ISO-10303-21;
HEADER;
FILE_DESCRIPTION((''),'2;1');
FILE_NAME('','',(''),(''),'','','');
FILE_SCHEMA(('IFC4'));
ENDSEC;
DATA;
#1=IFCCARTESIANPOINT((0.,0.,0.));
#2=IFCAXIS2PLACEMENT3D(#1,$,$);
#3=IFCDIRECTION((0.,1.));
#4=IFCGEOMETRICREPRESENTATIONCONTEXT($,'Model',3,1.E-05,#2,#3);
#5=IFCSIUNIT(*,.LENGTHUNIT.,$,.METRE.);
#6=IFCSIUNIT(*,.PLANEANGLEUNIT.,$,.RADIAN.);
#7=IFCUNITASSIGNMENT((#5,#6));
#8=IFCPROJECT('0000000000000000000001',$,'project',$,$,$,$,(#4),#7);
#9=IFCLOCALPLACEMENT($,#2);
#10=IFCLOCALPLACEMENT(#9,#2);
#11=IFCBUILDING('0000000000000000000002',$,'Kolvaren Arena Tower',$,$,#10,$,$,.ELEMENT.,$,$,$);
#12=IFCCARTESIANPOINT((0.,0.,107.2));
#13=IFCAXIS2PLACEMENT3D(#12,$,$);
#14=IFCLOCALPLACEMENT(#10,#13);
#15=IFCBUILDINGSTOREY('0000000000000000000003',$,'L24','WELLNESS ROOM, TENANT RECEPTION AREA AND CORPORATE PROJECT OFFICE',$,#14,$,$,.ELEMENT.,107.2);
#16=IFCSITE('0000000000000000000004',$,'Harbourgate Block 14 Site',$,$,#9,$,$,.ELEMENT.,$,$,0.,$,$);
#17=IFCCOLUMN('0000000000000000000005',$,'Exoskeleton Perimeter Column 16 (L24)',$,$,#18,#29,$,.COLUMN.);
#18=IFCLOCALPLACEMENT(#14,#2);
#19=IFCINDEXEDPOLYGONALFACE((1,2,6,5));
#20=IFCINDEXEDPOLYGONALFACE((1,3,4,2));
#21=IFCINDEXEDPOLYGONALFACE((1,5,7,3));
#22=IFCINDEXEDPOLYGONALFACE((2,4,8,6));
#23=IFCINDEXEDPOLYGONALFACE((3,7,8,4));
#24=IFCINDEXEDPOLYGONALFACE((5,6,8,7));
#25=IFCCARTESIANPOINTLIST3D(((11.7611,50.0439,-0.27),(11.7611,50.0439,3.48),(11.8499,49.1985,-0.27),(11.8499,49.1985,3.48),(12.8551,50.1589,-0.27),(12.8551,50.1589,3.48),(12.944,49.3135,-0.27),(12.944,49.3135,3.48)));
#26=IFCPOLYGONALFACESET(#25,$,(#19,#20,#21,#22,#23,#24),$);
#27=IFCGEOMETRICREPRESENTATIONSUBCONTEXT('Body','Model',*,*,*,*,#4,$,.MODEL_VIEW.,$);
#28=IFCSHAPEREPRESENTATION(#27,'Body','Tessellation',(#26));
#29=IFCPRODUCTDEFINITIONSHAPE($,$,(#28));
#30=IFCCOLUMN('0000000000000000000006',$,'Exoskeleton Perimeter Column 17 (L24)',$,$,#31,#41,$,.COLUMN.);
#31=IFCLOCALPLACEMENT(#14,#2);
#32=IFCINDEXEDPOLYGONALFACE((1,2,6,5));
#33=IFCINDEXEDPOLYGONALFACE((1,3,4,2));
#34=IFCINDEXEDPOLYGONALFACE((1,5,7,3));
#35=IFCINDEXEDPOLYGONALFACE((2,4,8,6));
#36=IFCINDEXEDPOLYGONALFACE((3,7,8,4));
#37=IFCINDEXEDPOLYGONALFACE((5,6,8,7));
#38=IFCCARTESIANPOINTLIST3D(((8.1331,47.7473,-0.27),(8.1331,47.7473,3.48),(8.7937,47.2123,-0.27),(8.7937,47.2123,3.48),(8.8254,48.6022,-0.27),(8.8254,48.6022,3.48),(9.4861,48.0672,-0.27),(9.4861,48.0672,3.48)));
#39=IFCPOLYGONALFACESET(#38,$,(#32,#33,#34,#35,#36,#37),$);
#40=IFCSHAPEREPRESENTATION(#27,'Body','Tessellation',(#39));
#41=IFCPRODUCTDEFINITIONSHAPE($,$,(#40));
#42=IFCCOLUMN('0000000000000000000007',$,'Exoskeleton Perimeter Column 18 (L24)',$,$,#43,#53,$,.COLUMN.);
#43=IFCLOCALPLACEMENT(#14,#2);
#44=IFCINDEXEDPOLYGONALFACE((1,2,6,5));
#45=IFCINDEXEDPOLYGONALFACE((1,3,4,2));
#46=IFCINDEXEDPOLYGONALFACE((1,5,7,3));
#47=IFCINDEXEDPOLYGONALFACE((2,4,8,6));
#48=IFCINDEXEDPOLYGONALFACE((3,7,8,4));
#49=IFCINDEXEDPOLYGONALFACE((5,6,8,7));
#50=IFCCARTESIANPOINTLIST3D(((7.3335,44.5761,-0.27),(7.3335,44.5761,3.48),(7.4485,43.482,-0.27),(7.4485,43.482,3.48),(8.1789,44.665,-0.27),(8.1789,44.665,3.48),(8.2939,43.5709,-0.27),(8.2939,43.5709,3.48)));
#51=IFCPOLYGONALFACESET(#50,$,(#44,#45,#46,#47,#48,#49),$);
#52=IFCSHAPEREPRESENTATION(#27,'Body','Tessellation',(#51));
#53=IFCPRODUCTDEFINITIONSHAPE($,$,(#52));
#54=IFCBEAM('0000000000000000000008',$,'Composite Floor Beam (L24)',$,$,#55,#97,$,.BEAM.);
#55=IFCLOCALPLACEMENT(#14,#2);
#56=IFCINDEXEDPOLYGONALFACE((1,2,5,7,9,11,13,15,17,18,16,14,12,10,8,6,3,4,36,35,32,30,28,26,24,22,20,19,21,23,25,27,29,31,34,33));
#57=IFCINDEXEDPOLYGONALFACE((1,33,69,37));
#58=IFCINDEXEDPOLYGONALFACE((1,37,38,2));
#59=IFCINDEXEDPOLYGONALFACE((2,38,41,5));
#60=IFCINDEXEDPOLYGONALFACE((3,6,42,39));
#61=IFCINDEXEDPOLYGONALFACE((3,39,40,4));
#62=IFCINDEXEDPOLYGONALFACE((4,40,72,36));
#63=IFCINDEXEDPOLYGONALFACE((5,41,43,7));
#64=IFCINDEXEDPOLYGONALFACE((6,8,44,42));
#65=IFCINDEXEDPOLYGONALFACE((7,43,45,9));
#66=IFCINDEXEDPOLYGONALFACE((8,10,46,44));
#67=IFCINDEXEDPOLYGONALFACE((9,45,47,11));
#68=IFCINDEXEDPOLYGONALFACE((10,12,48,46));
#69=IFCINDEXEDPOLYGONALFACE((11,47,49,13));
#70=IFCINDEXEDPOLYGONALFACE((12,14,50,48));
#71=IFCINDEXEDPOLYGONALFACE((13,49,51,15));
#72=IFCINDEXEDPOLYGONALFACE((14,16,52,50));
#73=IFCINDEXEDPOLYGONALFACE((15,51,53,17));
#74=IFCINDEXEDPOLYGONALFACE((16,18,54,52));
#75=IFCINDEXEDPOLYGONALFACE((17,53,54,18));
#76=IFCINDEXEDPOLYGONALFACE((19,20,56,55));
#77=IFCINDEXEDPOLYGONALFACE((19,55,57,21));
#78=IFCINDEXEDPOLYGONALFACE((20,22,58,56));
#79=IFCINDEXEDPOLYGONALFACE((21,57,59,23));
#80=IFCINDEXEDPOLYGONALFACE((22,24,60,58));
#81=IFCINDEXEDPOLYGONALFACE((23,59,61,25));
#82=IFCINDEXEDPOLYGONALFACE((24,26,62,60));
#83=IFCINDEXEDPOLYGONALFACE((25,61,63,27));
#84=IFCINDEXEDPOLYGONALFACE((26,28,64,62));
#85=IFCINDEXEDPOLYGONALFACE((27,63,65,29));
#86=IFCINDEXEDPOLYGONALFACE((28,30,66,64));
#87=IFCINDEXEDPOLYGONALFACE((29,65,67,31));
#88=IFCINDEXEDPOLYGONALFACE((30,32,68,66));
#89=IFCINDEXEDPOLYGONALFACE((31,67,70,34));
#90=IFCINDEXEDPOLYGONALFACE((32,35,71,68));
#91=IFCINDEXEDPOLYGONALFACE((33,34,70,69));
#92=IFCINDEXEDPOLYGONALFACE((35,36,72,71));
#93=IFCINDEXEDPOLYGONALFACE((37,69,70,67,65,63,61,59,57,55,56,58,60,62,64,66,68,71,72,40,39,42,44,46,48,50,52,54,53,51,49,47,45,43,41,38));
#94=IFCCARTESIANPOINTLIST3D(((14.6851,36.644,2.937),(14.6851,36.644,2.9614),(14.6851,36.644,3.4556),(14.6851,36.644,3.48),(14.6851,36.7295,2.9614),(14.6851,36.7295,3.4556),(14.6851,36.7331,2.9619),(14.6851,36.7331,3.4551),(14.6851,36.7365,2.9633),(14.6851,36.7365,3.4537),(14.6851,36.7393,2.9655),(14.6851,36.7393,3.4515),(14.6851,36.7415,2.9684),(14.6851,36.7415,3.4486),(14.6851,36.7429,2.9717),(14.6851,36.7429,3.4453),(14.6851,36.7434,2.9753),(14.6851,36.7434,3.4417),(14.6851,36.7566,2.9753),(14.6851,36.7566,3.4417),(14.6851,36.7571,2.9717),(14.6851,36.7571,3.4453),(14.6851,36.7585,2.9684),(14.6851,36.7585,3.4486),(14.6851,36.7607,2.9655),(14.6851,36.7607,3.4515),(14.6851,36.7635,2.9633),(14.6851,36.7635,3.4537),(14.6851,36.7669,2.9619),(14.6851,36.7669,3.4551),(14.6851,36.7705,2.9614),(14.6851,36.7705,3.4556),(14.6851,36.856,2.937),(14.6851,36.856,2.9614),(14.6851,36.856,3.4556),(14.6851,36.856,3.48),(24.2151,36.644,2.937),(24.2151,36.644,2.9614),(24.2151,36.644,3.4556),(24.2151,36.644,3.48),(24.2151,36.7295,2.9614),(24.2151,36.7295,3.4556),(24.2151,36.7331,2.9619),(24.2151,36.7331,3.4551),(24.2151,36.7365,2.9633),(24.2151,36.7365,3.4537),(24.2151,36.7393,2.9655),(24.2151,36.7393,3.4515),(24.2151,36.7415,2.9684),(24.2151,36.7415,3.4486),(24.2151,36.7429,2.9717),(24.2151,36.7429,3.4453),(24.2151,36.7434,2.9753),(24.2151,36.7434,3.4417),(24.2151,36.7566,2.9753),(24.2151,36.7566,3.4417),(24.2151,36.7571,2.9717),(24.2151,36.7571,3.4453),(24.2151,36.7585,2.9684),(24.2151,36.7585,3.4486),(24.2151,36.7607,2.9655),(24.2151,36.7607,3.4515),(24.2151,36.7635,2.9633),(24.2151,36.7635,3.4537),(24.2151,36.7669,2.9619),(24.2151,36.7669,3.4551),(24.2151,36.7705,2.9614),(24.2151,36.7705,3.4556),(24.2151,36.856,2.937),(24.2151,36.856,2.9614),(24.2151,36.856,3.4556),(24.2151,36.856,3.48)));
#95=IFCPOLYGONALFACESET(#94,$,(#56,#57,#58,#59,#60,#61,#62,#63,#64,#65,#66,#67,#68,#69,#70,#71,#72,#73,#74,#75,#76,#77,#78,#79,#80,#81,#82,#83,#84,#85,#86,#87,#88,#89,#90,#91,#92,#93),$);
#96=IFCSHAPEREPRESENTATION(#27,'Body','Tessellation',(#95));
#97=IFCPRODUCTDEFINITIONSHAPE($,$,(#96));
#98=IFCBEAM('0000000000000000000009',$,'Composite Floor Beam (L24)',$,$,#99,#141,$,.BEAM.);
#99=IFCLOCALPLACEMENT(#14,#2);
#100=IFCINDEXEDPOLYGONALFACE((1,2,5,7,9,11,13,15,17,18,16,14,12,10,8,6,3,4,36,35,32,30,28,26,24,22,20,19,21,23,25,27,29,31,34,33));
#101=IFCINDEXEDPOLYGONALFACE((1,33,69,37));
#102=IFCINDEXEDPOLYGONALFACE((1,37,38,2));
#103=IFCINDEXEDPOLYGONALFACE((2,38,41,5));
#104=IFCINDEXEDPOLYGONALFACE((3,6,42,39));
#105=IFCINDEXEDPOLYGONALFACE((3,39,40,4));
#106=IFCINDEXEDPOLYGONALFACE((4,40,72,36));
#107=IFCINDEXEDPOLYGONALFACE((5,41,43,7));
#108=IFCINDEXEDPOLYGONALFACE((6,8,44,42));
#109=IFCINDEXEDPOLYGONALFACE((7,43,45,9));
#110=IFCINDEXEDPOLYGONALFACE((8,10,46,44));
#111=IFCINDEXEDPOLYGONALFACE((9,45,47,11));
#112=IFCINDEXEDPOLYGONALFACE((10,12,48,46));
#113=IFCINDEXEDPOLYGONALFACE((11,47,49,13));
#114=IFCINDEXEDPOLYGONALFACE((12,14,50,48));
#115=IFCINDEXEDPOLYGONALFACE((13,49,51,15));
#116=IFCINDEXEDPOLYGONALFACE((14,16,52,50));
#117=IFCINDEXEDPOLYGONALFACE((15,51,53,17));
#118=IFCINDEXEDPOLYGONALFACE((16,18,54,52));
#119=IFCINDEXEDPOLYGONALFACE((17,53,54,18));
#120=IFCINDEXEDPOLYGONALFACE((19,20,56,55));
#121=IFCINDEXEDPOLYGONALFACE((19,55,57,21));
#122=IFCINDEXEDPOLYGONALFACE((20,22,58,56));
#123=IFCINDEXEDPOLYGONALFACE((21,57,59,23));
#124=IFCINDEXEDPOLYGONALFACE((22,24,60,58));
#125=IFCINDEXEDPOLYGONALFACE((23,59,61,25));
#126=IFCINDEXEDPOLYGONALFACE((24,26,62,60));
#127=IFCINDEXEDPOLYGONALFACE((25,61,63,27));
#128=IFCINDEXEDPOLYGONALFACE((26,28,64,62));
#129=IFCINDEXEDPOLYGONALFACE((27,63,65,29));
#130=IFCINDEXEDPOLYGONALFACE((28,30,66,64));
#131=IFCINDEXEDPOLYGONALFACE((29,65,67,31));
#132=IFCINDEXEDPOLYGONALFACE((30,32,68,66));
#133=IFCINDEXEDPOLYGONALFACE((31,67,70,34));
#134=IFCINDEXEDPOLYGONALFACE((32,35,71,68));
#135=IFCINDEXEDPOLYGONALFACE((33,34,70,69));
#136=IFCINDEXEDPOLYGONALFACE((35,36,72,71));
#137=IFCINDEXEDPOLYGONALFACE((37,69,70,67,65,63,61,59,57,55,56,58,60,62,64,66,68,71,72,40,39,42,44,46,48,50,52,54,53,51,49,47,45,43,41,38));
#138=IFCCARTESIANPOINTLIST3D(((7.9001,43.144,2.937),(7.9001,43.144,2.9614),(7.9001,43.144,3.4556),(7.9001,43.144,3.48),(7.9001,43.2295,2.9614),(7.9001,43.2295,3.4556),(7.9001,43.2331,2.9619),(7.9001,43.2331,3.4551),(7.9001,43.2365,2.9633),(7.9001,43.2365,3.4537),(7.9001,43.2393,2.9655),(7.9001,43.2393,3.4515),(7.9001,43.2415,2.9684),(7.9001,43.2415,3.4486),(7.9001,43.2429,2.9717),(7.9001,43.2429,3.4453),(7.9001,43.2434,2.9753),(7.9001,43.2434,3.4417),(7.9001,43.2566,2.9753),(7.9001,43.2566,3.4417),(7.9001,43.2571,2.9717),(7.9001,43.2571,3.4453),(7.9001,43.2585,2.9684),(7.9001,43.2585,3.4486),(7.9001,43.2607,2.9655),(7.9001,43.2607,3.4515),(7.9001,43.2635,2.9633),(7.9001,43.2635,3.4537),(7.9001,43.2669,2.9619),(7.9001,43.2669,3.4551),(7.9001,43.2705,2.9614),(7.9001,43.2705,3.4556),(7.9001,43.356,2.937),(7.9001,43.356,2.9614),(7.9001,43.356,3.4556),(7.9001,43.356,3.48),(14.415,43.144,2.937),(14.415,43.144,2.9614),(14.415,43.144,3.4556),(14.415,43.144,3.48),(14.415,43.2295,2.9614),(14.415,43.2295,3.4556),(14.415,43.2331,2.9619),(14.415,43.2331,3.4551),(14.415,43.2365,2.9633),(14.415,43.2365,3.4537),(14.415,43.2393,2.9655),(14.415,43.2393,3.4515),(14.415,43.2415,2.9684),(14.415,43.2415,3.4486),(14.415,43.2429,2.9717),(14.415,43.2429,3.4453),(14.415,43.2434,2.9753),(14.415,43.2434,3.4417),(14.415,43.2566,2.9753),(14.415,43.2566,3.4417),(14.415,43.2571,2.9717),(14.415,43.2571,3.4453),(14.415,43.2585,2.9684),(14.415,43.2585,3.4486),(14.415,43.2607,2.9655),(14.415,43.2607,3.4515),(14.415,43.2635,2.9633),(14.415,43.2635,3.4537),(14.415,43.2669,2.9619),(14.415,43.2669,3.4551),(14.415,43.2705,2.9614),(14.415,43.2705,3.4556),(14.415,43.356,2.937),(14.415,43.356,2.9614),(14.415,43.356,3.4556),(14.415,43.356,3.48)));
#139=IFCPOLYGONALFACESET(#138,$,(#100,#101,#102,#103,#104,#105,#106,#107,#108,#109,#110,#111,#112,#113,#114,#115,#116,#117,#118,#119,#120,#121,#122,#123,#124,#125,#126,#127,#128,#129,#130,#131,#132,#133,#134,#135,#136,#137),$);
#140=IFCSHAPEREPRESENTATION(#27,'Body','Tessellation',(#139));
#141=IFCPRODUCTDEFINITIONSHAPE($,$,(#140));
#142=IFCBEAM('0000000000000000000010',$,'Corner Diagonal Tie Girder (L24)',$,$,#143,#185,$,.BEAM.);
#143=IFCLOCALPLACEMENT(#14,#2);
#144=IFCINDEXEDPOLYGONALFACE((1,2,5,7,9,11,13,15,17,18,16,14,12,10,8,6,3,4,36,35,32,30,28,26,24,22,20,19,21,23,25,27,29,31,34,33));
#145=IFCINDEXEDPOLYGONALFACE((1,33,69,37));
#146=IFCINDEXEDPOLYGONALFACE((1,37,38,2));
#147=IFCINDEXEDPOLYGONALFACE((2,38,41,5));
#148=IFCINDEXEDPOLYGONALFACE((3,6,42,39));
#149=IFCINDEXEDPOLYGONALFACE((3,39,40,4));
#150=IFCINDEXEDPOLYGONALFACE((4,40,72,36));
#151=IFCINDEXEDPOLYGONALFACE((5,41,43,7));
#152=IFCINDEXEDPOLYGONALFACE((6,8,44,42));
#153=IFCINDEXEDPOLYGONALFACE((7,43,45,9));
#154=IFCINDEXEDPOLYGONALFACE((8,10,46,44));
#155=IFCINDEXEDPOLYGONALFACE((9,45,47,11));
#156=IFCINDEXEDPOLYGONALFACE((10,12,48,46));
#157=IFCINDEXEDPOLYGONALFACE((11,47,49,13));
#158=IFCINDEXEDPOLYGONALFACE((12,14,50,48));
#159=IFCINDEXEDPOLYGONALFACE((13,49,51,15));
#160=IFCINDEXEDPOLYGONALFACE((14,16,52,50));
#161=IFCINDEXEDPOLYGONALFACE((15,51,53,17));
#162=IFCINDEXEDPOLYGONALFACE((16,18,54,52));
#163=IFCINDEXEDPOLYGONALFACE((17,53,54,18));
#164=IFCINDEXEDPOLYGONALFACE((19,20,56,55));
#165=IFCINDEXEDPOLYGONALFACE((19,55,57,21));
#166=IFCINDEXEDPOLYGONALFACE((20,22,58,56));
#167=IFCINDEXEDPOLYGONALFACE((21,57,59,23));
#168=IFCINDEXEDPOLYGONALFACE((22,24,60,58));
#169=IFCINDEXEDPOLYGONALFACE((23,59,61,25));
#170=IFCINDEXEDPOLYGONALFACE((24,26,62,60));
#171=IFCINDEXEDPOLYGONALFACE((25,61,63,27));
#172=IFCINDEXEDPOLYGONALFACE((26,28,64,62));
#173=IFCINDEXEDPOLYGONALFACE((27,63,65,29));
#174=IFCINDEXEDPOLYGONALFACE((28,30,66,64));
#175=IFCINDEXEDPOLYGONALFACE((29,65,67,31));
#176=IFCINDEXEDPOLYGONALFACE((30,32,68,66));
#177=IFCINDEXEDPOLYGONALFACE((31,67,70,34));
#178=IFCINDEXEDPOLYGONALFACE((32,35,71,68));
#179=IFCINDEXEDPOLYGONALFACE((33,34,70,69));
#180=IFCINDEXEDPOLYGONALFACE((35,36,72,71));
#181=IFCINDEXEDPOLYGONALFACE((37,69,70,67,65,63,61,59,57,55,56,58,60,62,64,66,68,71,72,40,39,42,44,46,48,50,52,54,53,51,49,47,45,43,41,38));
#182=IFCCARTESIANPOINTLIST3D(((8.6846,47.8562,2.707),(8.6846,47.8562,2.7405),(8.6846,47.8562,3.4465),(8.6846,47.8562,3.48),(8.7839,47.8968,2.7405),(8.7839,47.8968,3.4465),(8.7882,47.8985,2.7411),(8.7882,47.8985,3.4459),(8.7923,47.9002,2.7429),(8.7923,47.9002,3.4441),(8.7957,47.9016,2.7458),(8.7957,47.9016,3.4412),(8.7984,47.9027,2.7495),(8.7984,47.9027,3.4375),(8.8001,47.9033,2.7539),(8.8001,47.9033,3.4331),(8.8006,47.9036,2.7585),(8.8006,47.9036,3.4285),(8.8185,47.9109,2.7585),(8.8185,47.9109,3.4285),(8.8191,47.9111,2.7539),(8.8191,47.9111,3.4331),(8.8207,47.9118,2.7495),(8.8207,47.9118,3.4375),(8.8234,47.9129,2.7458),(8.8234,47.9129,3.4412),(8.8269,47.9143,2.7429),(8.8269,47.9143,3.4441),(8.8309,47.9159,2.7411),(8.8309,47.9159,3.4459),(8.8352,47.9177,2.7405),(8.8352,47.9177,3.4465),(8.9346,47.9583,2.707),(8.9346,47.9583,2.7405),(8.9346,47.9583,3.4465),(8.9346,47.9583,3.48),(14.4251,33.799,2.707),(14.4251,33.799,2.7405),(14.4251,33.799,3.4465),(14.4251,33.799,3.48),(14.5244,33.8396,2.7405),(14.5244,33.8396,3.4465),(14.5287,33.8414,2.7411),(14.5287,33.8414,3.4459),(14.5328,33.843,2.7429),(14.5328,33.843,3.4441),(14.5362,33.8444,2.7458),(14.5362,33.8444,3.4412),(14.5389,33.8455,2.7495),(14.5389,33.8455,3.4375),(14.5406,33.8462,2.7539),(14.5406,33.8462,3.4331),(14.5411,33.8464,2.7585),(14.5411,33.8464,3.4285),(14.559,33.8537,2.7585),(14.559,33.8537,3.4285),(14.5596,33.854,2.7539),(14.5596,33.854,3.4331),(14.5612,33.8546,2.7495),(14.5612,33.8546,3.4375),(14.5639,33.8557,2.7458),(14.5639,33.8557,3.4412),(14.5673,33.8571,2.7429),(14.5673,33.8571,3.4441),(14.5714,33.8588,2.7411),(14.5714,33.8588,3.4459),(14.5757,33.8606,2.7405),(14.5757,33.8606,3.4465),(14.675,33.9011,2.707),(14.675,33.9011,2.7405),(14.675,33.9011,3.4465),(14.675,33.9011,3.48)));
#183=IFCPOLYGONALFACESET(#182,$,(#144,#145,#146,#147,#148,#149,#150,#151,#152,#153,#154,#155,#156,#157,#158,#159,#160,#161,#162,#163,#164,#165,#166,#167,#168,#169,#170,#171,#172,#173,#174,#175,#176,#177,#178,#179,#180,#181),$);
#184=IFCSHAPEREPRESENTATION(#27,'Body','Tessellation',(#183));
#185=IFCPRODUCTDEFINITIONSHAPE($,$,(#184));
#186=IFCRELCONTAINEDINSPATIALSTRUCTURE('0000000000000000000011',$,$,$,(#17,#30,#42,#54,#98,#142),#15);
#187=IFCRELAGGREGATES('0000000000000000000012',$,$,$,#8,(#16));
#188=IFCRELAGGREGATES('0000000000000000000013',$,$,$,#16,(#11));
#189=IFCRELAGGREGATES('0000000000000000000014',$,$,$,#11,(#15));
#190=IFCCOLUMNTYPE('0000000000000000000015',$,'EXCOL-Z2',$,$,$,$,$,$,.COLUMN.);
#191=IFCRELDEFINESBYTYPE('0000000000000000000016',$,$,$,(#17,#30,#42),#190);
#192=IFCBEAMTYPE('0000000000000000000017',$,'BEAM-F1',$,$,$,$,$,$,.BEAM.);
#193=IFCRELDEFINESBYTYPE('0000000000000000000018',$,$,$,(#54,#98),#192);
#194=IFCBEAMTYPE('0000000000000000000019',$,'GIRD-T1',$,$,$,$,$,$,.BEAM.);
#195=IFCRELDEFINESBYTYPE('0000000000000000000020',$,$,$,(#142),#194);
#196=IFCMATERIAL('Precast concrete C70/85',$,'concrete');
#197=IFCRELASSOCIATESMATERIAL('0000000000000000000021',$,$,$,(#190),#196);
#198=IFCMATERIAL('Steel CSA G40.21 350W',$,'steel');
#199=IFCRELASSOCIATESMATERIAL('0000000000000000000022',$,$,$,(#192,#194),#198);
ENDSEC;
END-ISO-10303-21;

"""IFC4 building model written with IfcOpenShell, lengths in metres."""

from ifc_helpers import new_model, si_unit, direction, frame, origin, origin_2d, place, context, subcontext, project, spatial, rectangle, i_section, extrude, material, material_profile, profile_set, type_object, element, save


model = new_model("IFC4")

# Units and contexts
model_context = context("Model", 3, precision=1e-05, world=origin(), true_north=direction((0.0, 1.0)))
body_context = subcontext(model_context, "Body", "Model", "MODEL_VIEW")
ifc_project = project(units=[si_unit("LENGTHUNIT", "METRE"), si_unit("PLANEANGLEUNIT", "RADIAN")], contexts=[model_context])

# Site, building, storey
site_placement = place(None, origin())
site = spatial("IfcSite", under=ifc_project, at=site_placement, Name="Harbourgate Block 14 Site", CompositionType="ELEMENT", RefElevation=0.0)
building_placement = place(site_placement, origin())
building = spatial("IfcBuilding", under=site, at=building_placement, Name="Kolvaren Arena Tower", CompositionType="ELEMENT")
storey_placement = place(building_placement, frame((0.0, 0.0, 107.2)))
storey = spatial("IfcBuildingStorey", under=building, at=storey_placement, Name="L24", Description="WELLNESS ROOM, TENANT RECEPTION AREA AND CORPORATE PROJECT OFFICE", CompositionType="ELEMENT", Elevation=107.2)

# Columns
ifc_material_1 = material(Name="Precast concrete C70/85", Category="concrete")
ifc_material_profile_1 = material_profile(ifc_material_1, rectangle(XDim=1.1001, YDim=0.8501, at=origin_2d()), Name="RC-1100x850")
ifc_profile_set_1 = profile_set([ifc_material_profile_1], Name="Precast concrete C70/85")
column_type = type_object("IfcColumnType", Name="EXCOL-Z2", PredefinedType="COLUMN", material=ifc_profile_set_1)
for number, where, z_axis, x_axis, name in (
    (1, (12.3525, 49.6787, -0.27), (0.0, 0.0, 1.0), (0.994522, 0.104528, 0.0), "Exoskeleton Perimeter Column 16 (L24)"),
    (2, (8.8096, 47.9072, -0.27), (0.0, 0.0, 1.0), (0.62932, 0.777146, 0.0), "Exoskeleton Perimeter Column 17 (L24)"),
    (3, (7.8137, 44.0735, -0.27), (0.0, 0.0, 1.0), (-0.104528, 0.994522, 0.0), "Exoskeleton Perimeter Column 18 (L24)"),
):
    element("IfcColumn", number, at=place(storey_placement, frame(where, z_axis=z_axis, x_axis=x_axis)), inside=storey, type_object=column_type, Name=name, PredefinedType="COLUMN", context=body_context, shape_type="SweptSolid", body=[
        extrude(rectangle(XDim=1.1001, YDim=0.8501, at=origin_2d()), origin(), (0.0, 0.0, 1.0), 3.75),
    ])

# Beams
ifc_material_2 = material(Name="Steel CSA G40.21 350W", Category="steel")
ifc_material_profile_2 = material_profile(ifc_material_2, i_section(OverallWidth=0.2119, OverallDepth=0.543, WebThickness=0.0132, FlangeThickness=0.0244, FilletRadius=0.0139, at=origin_2d()), Name="W530x150")
ifc_profile_set_2 = profile_set([ifc_material_profile_2], Name="Steel CSA G40.21 350W")
beam_type_1 = type_object("IfcBeamType", Name="BEAM-F1", PredefinedType="BEAM", material=ifc_profile_set_2)
beam_1_placement = place(storey_placement, frame((14.6851, 36.75, 3.2085), z_axis=(1.0, 0.0, 0.0), x_axis=(0.0, 1.0, 0.0)))
element("IfcBeam", 4, at=beam_1_placement, inside=storey, type_object=beam_type_1, Name="Composite Floor Beam (L24)", PredefinedType="BEAM", context=body_context, shape_type="SweptSolid", body=[
    extrude(i_section(OverallWidth=0.2119, OverallDepth=0.543, WebThickness=0.0132, FlangeThickness=0.0244, FilletRadius=0.0139, at=origin_2d()), origin(), (0.0, 0.0, 1.0), 9.53),
])
beam_2_placement = place(storey_placement, frame((7.9001, 43.25, 3.2085), z_axis=(1.0, 0.0, 0.0), x_axis=(0.0, 1.0, 0.0)))
element("IfcBeam", 5, at=beam_2_placement, inside=storey, type_object=beam_type_1, Name="Composite Floor Beam (L24)", PredefinedType="BEAM", context=body_context, shape_type="SweptSolid", body=[
    extrude(i_section(OverallWidth=0.2119, OverallDepth=0.543, WebThickness=0.0132, FlangeThickness=0.0244, FilletRadius=0.0139, at=origin_2d()), origin(), (0.0, 0.0, 1.0), 6.5149),
])
ifc_material_profile_3 = material_profile(ifc_material_2, i_section(OverallWidth=0.27, OverallDepth=0.7729, WebThickness=0.0193, FlangeThickness=0.0334, FilletRadius=0.0181, at=origin_2d()), Name="W760x257")
ifc_profile_set_3 = profile_set([ifc_material_profile_3], Name="Steel CSA G40.21 350W")
beam_type_2 = type_object("IfcBeamType", Name="GIRD-T1", PredefinedType="BEAM", material=ifc_profile_set_3)
beam_3_placement = place(storey_placement, frame((8.8096, 47.9072, 3.0935), z_axis=(0.378059, -0.925781, 0.0), x_axis=(0.925781, 0.378059, 0.0)))
element("IfcBeam", 6, at=beam_3_placement, inside=storey, type_object=beam_type_2, Name="Corner Diagonal Tie Girder (L24)", PredefinedType="BEAM", context=body_context, shape_type="SweptSolid", body=[
    extrude(i_section(OverallWidth=0.27, OverallDepth=0.7729, WebThickness=0.0193, FlangeThickness=0.0334, FilletRadius=0.0181, at=origin_2d()), origin(), (0.0, 0.0, 1.0), 15.1841),
])

save(model, "model.ifc")
